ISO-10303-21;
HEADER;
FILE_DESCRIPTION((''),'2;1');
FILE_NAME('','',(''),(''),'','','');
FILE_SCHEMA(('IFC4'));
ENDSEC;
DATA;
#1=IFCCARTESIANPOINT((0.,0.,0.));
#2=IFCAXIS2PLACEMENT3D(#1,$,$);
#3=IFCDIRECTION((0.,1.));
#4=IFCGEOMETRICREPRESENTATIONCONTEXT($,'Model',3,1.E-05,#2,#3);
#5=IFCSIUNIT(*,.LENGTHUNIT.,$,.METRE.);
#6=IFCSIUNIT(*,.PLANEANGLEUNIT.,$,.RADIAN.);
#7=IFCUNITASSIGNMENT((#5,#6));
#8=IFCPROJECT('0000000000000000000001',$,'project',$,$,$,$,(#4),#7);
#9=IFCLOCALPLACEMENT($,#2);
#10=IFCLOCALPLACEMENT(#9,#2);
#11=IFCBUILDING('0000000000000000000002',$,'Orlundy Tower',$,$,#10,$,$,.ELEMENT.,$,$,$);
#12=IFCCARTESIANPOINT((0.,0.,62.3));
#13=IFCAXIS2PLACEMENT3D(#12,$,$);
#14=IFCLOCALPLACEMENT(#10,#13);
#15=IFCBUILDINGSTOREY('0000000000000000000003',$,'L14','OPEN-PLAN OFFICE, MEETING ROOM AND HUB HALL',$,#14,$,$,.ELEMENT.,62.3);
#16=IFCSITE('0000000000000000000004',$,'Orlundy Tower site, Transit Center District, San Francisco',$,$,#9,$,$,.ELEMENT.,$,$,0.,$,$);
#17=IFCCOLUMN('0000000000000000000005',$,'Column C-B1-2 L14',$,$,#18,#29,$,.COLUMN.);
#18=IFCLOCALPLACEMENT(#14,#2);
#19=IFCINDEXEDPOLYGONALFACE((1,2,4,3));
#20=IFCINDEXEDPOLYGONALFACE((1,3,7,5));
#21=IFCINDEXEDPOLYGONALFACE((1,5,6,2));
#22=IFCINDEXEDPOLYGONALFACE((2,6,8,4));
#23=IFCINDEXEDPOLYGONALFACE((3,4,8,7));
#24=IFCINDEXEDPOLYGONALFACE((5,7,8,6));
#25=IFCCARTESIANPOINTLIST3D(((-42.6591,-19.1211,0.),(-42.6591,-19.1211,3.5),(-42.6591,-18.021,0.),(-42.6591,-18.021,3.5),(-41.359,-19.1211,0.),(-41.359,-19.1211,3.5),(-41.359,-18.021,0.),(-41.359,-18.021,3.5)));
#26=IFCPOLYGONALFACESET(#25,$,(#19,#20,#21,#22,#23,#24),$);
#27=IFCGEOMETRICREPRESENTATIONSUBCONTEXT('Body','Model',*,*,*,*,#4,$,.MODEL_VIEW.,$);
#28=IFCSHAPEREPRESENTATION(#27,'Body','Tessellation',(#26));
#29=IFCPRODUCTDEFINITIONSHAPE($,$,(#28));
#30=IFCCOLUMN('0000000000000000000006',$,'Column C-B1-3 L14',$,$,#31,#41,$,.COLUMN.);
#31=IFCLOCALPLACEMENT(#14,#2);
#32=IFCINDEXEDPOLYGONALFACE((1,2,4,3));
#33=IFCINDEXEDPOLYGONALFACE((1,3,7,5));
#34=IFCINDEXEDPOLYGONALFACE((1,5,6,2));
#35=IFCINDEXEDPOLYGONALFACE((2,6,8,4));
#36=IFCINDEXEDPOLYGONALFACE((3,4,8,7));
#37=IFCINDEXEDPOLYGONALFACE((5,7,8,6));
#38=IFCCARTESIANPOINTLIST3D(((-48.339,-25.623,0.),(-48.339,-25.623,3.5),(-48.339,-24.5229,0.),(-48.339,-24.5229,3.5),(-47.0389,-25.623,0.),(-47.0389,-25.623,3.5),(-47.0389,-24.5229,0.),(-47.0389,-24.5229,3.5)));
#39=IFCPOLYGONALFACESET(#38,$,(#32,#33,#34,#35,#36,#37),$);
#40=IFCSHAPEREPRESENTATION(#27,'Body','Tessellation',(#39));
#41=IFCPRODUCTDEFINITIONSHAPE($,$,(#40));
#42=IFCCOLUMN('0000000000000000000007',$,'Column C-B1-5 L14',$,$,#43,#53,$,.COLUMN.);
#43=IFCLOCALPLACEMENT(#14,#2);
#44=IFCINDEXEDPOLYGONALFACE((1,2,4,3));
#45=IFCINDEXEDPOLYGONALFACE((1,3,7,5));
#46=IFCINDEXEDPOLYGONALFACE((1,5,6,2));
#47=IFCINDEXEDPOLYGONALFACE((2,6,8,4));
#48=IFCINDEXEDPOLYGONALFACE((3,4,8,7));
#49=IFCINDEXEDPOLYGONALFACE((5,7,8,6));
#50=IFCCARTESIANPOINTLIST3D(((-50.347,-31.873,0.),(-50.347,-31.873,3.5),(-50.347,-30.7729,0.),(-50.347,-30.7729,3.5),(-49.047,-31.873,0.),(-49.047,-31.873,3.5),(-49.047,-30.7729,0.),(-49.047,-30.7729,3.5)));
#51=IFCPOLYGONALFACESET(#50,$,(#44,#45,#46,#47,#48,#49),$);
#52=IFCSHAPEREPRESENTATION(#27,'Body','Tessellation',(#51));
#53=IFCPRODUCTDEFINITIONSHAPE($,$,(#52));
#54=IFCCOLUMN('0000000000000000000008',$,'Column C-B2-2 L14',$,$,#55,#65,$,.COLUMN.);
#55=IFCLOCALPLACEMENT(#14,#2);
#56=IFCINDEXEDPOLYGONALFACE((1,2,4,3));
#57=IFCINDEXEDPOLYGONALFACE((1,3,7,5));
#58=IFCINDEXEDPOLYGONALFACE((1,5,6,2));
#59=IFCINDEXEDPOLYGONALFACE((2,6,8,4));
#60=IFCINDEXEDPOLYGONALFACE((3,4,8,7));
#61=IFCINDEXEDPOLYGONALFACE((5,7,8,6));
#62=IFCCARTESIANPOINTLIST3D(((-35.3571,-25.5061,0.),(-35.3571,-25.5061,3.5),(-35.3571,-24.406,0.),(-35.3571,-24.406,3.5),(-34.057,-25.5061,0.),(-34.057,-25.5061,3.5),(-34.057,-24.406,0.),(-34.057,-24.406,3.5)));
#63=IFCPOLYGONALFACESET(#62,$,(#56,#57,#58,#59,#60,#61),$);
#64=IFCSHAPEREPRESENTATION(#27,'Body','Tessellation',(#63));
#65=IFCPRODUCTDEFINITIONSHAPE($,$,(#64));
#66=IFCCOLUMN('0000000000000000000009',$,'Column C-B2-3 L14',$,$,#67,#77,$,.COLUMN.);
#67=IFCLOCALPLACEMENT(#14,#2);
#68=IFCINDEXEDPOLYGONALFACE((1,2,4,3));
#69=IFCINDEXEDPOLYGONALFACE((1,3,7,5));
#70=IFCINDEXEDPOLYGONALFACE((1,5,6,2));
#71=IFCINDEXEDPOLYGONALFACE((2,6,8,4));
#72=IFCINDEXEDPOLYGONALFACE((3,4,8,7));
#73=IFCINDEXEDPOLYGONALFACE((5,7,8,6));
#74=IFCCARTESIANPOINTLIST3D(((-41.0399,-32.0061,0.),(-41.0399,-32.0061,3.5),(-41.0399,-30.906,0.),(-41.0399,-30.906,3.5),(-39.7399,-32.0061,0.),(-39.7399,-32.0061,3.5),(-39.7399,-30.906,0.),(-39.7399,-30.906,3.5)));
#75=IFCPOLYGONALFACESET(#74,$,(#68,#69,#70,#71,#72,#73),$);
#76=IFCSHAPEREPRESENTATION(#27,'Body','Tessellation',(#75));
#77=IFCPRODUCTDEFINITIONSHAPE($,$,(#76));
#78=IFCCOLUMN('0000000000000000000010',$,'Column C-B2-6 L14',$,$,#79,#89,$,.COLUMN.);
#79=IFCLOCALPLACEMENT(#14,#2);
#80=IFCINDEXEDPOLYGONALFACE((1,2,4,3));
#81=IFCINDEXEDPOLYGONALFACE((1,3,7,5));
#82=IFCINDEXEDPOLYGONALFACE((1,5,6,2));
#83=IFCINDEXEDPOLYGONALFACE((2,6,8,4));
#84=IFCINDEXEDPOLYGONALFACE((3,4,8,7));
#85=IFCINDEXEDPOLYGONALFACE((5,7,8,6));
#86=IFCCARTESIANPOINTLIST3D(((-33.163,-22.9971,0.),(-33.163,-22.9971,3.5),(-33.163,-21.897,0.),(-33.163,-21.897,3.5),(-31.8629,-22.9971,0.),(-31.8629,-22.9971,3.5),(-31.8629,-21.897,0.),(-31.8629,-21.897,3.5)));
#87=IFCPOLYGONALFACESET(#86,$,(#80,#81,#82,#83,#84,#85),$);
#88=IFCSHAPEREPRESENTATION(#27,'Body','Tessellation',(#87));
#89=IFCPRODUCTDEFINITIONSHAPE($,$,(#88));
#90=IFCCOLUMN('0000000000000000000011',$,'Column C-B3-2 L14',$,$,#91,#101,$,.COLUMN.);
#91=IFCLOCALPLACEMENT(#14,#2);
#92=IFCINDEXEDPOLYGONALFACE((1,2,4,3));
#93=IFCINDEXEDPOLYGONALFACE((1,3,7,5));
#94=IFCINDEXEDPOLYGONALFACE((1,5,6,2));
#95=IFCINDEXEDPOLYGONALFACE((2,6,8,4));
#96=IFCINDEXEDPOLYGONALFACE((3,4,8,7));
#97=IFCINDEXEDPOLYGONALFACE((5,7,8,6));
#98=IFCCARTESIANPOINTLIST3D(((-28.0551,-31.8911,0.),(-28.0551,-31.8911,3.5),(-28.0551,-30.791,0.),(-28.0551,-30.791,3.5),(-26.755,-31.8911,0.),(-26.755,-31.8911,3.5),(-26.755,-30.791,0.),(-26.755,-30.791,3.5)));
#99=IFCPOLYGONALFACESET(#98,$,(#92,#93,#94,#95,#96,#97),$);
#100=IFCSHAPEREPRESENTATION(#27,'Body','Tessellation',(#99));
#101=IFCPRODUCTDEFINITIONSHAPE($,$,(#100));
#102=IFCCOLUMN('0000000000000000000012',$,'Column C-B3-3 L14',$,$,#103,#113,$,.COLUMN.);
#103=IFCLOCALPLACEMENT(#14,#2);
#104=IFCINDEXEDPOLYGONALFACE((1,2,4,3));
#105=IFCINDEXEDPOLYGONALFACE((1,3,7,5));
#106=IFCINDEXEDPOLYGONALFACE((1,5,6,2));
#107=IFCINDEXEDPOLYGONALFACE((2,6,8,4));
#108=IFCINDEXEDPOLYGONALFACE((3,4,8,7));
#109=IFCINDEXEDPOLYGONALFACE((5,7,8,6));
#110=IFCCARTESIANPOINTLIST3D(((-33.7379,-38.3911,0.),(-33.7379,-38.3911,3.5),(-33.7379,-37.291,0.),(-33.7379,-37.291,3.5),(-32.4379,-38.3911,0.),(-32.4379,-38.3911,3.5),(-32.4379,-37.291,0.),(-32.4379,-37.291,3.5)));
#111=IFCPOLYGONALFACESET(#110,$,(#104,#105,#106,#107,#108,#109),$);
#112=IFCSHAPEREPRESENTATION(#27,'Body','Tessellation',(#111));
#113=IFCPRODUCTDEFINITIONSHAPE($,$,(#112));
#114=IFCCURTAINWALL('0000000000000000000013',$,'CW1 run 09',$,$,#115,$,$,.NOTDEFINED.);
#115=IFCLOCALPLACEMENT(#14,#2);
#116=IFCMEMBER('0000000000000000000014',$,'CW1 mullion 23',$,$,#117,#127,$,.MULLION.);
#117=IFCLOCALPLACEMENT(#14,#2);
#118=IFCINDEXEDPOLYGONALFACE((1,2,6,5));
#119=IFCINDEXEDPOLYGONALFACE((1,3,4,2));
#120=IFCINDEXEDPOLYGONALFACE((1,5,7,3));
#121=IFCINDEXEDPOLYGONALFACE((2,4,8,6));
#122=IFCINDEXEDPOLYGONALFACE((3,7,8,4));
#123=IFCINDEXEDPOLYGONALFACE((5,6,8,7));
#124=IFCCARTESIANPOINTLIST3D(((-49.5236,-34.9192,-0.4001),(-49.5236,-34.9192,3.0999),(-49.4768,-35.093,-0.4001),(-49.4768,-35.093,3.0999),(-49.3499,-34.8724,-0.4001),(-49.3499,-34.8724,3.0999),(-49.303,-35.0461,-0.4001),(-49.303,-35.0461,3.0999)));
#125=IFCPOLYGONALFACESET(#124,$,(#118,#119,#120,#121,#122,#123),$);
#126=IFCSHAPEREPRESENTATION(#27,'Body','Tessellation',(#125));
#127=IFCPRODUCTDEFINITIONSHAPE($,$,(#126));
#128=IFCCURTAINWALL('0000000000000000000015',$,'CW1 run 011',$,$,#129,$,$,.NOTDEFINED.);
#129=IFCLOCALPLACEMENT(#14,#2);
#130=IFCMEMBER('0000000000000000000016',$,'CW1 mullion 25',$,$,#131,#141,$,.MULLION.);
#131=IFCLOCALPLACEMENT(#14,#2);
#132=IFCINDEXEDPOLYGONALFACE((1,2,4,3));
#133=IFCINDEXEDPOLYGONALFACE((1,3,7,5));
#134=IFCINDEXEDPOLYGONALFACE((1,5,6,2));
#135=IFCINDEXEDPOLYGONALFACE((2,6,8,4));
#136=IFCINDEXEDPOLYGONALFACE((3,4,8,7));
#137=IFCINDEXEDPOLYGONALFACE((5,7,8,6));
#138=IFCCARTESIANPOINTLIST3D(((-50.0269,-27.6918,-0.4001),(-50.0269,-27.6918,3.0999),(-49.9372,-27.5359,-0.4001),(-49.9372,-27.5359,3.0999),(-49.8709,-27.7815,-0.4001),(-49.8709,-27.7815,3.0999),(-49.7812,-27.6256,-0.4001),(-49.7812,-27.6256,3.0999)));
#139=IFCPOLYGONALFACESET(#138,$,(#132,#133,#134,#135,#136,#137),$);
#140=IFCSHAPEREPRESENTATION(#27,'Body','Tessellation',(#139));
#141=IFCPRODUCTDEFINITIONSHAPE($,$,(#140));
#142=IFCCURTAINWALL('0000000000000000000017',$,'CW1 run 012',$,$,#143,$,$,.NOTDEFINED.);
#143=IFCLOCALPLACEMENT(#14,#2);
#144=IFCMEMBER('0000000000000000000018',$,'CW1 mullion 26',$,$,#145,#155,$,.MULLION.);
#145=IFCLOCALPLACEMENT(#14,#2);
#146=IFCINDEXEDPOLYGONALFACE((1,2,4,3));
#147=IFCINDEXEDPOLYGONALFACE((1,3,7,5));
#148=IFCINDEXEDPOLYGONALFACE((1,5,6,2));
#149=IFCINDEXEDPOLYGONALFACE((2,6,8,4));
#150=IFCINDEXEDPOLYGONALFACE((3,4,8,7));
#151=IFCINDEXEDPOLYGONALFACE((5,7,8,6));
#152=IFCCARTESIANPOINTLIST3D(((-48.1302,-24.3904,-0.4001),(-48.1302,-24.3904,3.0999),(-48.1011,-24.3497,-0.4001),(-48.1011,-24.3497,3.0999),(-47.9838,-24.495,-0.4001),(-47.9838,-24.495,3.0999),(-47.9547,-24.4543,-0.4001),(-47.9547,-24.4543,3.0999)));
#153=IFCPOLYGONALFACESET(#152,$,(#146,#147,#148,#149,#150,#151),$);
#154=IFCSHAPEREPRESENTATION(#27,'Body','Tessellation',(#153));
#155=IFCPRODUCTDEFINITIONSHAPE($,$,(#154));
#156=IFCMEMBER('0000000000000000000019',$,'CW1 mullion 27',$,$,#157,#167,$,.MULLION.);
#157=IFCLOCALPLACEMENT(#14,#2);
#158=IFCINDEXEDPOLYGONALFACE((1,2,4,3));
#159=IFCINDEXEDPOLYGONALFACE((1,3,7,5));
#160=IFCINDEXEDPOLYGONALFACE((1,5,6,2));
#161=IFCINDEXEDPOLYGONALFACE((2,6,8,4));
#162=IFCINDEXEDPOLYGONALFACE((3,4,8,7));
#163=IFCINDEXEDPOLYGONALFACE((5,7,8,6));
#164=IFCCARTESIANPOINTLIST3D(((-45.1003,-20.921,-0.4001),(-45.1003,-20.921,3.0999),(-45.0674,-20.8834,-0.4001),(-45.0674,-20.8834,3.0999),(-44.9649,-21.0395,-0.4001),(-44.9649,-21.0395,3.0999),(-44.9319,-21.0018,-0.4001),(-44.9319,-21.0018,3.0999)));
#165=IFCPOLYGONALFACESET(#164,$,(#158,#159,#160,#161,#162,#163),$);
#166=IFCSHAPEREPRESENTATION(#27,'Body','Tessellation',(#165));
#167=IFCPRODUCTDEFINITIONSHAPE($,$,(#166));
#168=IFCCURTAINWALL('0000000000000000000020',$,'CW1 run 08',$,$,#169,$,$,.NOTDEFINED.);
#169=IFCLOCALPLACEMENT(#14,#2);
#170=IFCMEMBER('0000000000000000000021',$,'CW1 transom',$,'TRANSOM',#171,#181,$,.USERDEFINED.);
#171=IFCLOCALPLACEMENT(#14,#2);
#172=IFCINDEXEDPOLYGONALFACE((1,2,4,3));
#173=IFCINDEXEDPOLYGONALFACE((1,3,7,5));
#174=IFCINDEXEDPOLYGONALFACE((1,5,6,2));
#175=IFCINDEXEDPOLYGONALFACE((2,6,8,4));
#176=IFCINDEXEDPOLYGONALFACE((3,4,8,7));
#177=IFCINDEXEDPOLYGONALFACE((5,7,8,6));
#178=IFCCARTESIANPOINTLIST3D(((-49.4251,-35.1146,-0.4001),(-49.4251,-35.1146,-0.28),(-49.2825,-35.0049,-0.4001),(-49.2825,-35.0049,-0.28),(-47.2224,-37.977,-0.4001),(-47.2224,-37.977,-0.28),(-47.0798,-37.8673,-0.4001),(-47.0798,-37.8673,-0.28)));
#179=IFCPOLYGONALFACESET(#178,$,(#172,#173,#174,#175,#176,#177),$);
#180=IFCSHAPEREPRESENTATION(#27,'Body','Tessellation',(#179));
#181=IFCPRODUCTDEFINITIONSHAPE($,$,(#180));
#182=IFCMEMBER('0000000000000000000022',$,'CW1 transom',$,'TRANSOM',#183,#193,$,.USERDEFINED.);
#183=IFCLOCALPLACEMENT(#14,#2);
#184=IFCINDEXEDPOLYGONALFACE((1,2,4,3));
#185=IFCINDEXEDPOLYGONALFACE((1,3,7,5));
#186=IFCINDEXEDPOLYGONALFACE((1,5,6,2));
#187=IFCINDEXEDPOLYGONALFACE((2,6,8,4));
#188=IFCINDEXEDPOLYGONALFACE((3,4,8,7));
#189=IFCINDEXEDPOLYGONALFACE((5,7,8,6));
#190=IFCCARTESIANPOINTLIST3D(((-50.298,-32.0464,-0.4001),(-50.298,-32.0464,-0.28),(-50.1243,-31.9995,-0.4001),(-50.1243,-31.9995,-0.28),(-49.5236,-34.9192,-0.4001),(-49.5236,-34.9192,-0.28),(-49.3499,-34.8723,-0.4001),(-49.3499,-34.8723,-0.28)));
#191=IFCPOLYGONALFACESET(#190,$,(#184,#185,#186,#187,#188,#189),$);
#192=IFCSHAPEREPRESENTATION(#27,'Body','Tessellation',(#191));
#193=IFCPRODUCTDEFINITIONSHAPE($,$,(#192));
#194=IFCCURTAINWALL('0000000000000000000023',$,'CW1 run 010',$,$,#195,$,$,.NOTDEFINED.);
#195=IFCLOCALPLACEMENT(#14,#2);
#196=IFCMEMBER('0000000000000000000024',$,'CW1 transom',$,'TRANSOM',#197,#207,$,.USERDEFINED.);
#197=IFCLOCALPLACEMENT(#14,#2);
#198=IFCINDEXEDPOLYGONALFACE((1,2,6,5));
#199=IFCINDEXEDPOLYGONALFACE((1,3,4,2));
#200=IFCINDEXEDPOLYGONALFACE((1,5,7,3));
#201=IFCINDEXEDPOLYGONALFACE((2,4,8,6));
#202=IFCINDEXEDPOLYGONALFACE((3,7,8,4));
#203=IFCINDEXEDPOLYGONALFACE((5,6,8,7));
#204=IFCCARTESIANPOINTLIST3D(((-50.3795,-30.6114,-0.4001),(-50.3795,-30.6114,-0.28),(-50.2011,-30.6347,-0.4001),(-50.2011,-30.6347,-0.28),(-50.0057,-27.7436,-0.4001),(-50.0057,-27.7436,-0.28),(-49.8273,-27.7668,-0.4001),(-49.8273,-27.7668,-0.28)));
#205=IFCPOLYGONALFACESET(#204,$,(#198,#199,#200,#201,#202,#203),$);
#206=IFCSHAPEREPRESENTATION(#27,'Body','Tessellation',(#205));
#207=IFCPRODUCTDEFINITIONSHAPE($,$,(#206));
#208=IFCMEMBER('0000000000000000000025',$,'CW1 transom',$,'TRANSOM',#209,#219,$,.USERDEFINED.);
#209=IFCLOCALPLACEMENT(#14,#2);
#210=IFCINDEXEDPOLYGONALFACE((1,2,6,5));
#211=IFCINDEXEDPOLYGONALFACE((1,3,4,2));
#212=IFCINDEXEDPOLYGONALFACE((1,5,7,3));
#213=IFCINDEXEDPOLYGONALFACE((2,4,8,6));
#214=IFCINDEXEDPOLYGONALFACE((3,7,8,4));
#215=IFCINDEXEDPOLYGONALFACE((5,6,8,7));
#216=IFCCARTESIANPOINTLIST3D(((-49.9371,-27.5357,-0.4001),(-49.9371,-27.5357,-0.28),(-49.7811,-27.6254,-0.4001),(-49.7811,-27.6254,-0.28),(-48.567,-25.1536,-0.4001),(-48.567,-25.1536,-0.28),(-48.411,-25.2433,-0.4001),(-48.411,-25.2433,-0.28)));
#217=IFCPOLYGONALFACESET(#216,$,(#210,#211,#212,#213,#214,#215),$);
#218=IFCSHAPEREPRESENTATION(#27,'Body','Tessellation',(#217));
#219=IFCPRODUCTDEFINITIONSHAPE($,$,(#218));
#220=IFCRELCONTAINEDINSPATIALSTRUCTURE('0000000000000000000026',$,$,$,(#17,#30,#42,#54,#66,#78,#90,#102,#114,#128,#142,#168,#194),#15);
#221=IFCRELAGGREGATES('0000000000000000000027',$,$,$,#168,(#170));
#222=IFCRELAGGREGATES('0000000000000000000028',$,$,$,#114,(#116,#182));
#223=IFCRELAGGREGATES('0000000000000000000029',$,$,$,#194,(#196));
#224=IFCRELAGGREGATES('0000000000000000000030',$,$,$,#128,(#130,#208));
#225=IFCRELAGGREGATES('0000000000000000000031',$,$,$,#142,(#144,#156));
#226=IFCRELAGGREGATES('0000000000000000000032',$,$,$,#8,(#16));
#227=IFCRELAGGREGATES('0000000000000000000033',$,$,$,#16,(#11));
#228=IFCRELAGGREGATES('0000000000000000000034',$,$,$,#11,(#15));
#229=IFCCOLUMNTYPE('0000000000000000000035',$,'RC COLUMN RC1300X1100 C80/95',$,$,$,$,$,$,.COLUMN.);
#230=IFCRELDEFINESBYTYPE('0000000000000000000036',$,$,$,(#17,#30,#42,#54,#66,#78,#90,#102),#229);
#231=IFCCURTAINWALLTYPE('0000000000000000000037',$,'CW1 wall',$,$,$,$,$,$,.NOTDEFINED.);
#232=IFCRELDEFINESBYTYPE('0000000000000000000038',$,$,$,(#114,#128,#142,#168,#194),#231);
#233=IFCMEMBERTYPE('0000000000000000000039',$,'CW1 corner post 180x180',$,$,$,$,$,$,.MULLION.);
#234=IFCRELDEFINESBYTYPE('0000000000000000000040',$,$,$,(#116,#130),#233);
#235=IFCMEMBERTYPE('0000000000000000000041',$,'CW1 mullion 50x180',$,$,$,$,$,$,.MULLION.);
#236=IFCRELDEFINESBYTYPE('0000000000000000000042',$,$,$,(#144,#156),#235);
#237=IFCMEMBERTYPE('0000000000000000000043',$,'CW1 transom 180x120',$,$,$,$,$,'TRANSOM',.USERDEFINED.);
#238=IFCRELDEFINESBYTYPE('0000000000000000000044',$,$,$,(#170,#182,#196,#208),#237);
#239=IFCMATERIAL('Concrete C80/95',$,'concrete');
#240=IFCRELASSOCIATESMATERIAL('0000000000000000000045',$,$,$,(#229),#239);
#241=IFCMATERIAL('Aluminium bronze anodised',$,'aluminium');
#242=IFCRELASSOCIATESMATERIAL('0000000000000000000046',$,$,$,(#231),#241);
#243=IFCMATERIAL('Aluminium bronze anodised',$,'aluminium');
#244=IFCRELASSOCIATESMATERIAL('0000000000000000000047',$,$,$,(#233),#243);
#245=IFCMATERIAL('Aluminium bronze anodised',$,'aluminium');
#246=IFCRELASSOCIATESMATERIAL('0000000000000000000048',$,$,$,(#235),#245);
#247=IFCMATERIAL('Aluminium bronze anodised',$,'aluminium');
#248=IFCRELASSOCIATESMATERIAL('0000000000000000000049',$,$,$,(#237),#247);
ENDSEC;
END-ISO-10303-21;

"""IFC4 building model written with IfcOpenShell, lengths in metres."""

from ifc_helpers import new_model, si_unit, direction, frame, origin, origin_2d, place, context, subcontext, project, spatial, rectangle, extrude, material, material_profile, profile_set, type_object, element, aggregate, save


model = new_model("IFC4")

# Units and contexts
model_context = context("Model", 3, precision=1e-05, world=origin(), true_north=direction((0.0, 1.0)))
body_context = subcontext(model_context, "Body", "Model", "MODEL_VIEW")
ifc_project = project(units=[si_unit("LENGTHUNIT", "METRE"), si_unit("PLANEANGLEUNIT", "RADIAN")], contexts=[model_context])

# Site, building, storey
site_placement = place(None, origin())
site = spatial("IfcSite", under=ifc_project, at=site_placement, Name="Orlundy Tower site, Transit Center District, San Francisco", CompositionType="ELEMENT", RefElevation=0.0)
building_placement = place(site_placement, origin())
building = spatial("IfcBuilding", under=site, at=building_placement, Name="Orlundy Tower", CompositionType="ELEMENT")
storey_placement = place(building_placement, frame((0.0, 0.0, 62.3)))
storey = spatial("IfcBuildingStorey", under=building, at=storey_placement, Name="L14", Description="OPEN-PLAN OFFICE, MEETING ROOM AND HUB HALL", CompositionType="ELEMENT", Elevation=62.3)

# Columns
ifc_material_1 = material(Name="Concrete C80/95", Category="concrete")
ifc_material_profile_1 = material_profile(ifc_material_1, rectangle(XDim=1.3, YDim=1.1001, at=origin_2d()), Name="RC1300X1100")
ifc_profile_set_1 = profile_set([ifc_material_profile_1], Name="Concrete C80/95")
column_type = type_object("IfcColumnType", Name="RC COLUMN RC1300X1100 C80/95", PredefinedType="COLUMN", material=ifc_profile_set_1)
for number, where, z_axis, x_axis, name in (
    (1, (-42.009, -18.571, 0.0), (0.0, 0.0, 1.0), (1.0, 0.0, 0.0), "Column C-B1-2 L14"),
    (2, (-47.689, -25.073, 0.0), (0.0, 0.0, 1.0), (1.0, 0.0, 0.0), "Column C-B1-3 L14"),
    (3, (-49.697, -31.323, 0.0), (0.0, 0.0, 1.0), (1.0, 0.0, 0.0), "Column C-B1-5 L14"),
    (4, (-34.707, -24.9561, 0.0), (0.0, 0.0, 1.0), (1.0, 0.0, 0.0), "Column C-B2-2 L14"),
    (5, (-40.3899, -31.4561, 0.0), (0.0, 0.0, 1.0), (1.0, 0.0, 0.0), "Column C-B2-3 L14"),
    (6, (-32.5129, -22.447, 0.0), (0.0, 0.0, 1.0), (1.0, 0.0, 0.0), "Column C-B2-6 L14"),
    (7, (-27.405, -31.3411, 0.0), (0.0, 0.0, 1.0), (1.0, 0.0, 0.0), "Column C-B3-2 L14"),
    (8, (-33.0879, -37.8411, 0.0), (0.0, 0.0, 1.0), (1.0, 0.0, 0.0), "Column C-B3-3 L14"),
):
    element("IfcColumn", number, at=place(storey_placement, frame(where, z_axis=z_axis, x_axis=x_axis)), inside=storey, type_object=column_type, Name=name, PredefinedType="COLUMN", context=body_context, shape_type="SweptSolid", body=[
        extrude(rectangle(XDim=1.3, YDim=1.1001, at=origin_2d()), origin(), (0.0, 0.0, 1.0), 3.5),
    ])

# Curtain walls, members
ifc_material_2 = material(Name="Aluminium bronze anodised", Category="aluminium")
curtain_wall_type = type_object("IfcCurtainWallType", Name="CW1 wall", PredefinedType="NOTDEFINED", material=ifc_material_2)
curtain_wall_1_placement = place(storey_placement, origin())
curtain_wall_1 = element("IfcCurtainWall", 9, at=curtain_wall_1_placement, inside=storey, type_object=curtain_wall_type, Name="CW1 run 09", PredefinedType="NOTDEFINED")
ifc_material_3 = material(Name="Aluminium bronze anodised", Category="aluminium")
ifc_material_profile_2 = material_profile(ifc_material_3, rectangle(XDim=0.1799, YDim=0.1799, at=origin_2d()), Name="CW1 corner post 180x180")
ifc_profile_set_2 = profile_set([ifc_material_profile_2], Name="Aluminium bronze anodised")
member_type_1 = type_object("IfcMemberType", Name="CW1 corner post 180x180", PredefinedType="MULLION", material=ifc_profile_set_2)
member_1_placement = place(storey_placement, frame((-49.4133, -34.9827, -0.4001), z_axis=(0.0, 0.0, 1.0), x_axis=(-0.965519, -0.260331, 0.0)))
member_1 = element("IfcMember", 10, at=member_1_placement, type_object=member_type_1, Name="CW1 mullion 23", PredefinedType="MULLION", context=body_context, shape_type="SweptSolid", body=[
    extrude(rectangle(XDim=0.1799, YDim=0.1799, at=origin_2d()), origin(), (0.0, 0.0, 1.0), 3.5),
])
curtain_wall_2_placement = place(storey_placement, origin())
curtain_wall_2 = element("IfcCurtainWall", 11, at=curtain_wall_2_placement, inside=storey, type_object=curtain_wall_type, Name="CW1 run 011", PredefinedType="NOTDEFINED")
member_2_placement = place(storey_placement, frame((-49.9041, -27.6587, -0.4001), z_axis=(0.0, 0.0, 1.0), x_axis=(-0.866845, 0.498578, 0.0)))
member_2 = element("IfcMember", 12, at=member_2_placement, type_object=member_type_1, Name="CW1 mullion 25", PredefinedType="MULLION", context=body_context, shape_type="SweptSolid", body=[
    extrude(rectangle(XDim=0.1799, YDim=0.1799, at=origin_2d()), origin(), (0.0, 0.0, 1.0), 3.5),
])

# Curtain wall, members
curtain_wall_3_placement = place(storey_placement, origin())
curtain_wall_3 = element("IfcCurtainWall", 13, at=curtain_wall_3_placement, inside=storey, type_object=curtain_wall_type, Name="CW1 run 012", PredefinedType="NOTDEFINED")
ifc_material_4 = material(Name="Aluminium bronze anodised", Category="aluminium")
ifc_material_profile_3 = material_profile(ifc_material_4, rectangle(XDim=0.1799, YDim=0.05, at=origin_2d()), Name="CW1 mullion 50x180")
ifc_profile_set_3 = profile_set([ifc_material_profile_3], Name="Aluminium bronze anodised")
member_type_2 = type_object("IfcMemberType", Name="CW1 mullion 50x180", PredefinedType="MULLION", material=ifc_profile_set_3)
member_3_placement = place(storey_placement, frame((-48.0425, -24.4224, -0.4001), z_axis=(0.0, 0.0, 1.0), x_axis=(-0.813739, 0.58123, 0.0)))
member_3 = element("IfcMember", 14, at=member_3_placement, type_object=member_type_2, Name="CW1 mullion 26", PredefinedType="MULLION", context=body_context, shape_type="SweptSolid", body=[
    extrude(rectangle(XDim=0.1799, YDim=0.05, at=origin_2d()), origin(), (0.0, 0.0, 1.0), 3.5),
])
member_4_placement = place(storey_placement, frame((-45.0161, -20.9614, -0.4001), z_axis=(0.0, 0.0, 1.0), x_axis=(-0.752779, 0.658273, 0.0)))
member_4 = element("IfcMember", 15, at=member_4_placement, type_object=member_type_2, Name="CW1 mullion 27", PredefinedType="MULLION", context=body_context, shape_type="SweptSolid", body=[
    extrude(rectangle(XDim=0.1799, YDim=0.05, at=origin_2d()), origin(), (0.0, 0.0, 1.0), 3.5),
])

# Curtain wall, member
curtain_wall_4_placement = place(storey_placement, origin())
curtain_wall_4 = element("IfcCurtainWall", 16, at=curtain_wall_4_placement, inside=storey, type_object=curtain_wall_type, Name="CW1 run 08", PredefinedType="NOTDEFINED")
ifc_material_5 = material(Name="Aluminium bronze anodised", Category="aluminium")
ifc_material_profile_4 = material_profile(ifc_material_5, rectangle(XDim=0.1799, YDim=0.1201, at=origin_2d()), Name="CW1 transom 180x120")
ifc_profile_set_4 = profile_set([ifc_material_profile_4], Name="Aluminium bronze anodised")
member_type_3 = type_object("IfcMemberType", Name="CW1 transom 180x120", ElementType="TRANSOM", PredefinedType="USERDEFINED", material=ifc_profile_set_4)
member_5_placement = place(storey_placement, frame((-47.1511, -37.9221, -0.3401), z_axis=(-0.609861, 0.792508, 0.0), x_axis=(-0.792508, -0.609861, 0.0)))
member_5 = element("IfcMember", 17, at=member_5_placement, type_object=member_type_3, Name="CW1 transom", ObjectType="TRANSOM", PredefinedType="USERDEFINED", context=body_context, shape_type="SweptSolid", body=[
    extrude(rectangle(XDim=0.1799, YDim=0.1201, at=origin_2d()), origin(), (0.0, 0.0, 1.0), 3.6118),
])

# Member
member_6_placement = place(storey_placement, frame((-49.4368, -34.8958, -0.3401), z_axis=(-0.260277, 0.965534, 0.0), x_axis=(-0.965534, -0.260277, 0.0)))
member_6 = element("IfcMember", 18, at=member_6_placement, type_object=member_type_3, Name="CW1 transom", ObjectType="TRANSOM", PredefinedType="USERDEFINED", context=body_context, shape_type="SweptSolid", body=[
    extrude(rectangle(XDim=0.1799, YDim=0.1201, at=origin_2d()), origin(), (0.0, 0.0, 1.0), 2.9753),
])

# Curtain wall, member
curtain_wall_5_placement = place(storey_placement, origin())
curtain_wall_5 = element("IfcCurtainWall", 19, at=curtain_wall_5_placement, inside=storey, type_object=curtain_wall_type, Name="CW1 run 010", PredefinedType="NOTDEFINED")
member_7_placement = place(storey_placement, frame((-50.2903, -30.623, -0.3401), z_axis=(0.129238, 0.991614, 0.0), x_axis=(-0.991614, 0.129238, 0.0)))
member_7 = element("IfcMember", 20, at=member_7_placement, type_object=member_type_3, Name="CW1 transom", ObjectType="TRANSOM", PredefinedType="USERDEFINED", context=body_context, shape_type="SweptSolid", body=[
    extrude(rectangle(XDim=0.1799, YDim=0.1201, at=origin_2d()), origin(), (0.0, 0.0, 1.0), 2.8921),
])

# Member
member_8_placement = place(storey_placement, frame((-49.8591, -27.5806, -0.3401), z_axis=(0.498586, 0.86684, 0.0), x_axis=(-0.86684, 0.498586, 0.0)))
member_8 = element("IfcMember", 21, at=member_8_placement, type_object=member_type_3, Name="CW1 transom", ObjectType="TRANSOM", PredefinedType="USERDEFINED", context=body_context, shape_type="SweptSolid", body=[
    extrude(rectangle(XDim=0.1799, YDim=0.1201, at=origin_2d()), origin(), (0.0, 0.0, 1.0), 2.748),
])

aggregate(curtain_wall_4, [member_5])
aggregate(curtain_wall_1, [member_1, member_6])
aggregate(curtain_wall_5, [member_7])
aggregate(curtain_wall_2, [member_2, member_8])
aggregate(curtain_wall_3, [member_3, member_4])

save(model, "model.ifc")
